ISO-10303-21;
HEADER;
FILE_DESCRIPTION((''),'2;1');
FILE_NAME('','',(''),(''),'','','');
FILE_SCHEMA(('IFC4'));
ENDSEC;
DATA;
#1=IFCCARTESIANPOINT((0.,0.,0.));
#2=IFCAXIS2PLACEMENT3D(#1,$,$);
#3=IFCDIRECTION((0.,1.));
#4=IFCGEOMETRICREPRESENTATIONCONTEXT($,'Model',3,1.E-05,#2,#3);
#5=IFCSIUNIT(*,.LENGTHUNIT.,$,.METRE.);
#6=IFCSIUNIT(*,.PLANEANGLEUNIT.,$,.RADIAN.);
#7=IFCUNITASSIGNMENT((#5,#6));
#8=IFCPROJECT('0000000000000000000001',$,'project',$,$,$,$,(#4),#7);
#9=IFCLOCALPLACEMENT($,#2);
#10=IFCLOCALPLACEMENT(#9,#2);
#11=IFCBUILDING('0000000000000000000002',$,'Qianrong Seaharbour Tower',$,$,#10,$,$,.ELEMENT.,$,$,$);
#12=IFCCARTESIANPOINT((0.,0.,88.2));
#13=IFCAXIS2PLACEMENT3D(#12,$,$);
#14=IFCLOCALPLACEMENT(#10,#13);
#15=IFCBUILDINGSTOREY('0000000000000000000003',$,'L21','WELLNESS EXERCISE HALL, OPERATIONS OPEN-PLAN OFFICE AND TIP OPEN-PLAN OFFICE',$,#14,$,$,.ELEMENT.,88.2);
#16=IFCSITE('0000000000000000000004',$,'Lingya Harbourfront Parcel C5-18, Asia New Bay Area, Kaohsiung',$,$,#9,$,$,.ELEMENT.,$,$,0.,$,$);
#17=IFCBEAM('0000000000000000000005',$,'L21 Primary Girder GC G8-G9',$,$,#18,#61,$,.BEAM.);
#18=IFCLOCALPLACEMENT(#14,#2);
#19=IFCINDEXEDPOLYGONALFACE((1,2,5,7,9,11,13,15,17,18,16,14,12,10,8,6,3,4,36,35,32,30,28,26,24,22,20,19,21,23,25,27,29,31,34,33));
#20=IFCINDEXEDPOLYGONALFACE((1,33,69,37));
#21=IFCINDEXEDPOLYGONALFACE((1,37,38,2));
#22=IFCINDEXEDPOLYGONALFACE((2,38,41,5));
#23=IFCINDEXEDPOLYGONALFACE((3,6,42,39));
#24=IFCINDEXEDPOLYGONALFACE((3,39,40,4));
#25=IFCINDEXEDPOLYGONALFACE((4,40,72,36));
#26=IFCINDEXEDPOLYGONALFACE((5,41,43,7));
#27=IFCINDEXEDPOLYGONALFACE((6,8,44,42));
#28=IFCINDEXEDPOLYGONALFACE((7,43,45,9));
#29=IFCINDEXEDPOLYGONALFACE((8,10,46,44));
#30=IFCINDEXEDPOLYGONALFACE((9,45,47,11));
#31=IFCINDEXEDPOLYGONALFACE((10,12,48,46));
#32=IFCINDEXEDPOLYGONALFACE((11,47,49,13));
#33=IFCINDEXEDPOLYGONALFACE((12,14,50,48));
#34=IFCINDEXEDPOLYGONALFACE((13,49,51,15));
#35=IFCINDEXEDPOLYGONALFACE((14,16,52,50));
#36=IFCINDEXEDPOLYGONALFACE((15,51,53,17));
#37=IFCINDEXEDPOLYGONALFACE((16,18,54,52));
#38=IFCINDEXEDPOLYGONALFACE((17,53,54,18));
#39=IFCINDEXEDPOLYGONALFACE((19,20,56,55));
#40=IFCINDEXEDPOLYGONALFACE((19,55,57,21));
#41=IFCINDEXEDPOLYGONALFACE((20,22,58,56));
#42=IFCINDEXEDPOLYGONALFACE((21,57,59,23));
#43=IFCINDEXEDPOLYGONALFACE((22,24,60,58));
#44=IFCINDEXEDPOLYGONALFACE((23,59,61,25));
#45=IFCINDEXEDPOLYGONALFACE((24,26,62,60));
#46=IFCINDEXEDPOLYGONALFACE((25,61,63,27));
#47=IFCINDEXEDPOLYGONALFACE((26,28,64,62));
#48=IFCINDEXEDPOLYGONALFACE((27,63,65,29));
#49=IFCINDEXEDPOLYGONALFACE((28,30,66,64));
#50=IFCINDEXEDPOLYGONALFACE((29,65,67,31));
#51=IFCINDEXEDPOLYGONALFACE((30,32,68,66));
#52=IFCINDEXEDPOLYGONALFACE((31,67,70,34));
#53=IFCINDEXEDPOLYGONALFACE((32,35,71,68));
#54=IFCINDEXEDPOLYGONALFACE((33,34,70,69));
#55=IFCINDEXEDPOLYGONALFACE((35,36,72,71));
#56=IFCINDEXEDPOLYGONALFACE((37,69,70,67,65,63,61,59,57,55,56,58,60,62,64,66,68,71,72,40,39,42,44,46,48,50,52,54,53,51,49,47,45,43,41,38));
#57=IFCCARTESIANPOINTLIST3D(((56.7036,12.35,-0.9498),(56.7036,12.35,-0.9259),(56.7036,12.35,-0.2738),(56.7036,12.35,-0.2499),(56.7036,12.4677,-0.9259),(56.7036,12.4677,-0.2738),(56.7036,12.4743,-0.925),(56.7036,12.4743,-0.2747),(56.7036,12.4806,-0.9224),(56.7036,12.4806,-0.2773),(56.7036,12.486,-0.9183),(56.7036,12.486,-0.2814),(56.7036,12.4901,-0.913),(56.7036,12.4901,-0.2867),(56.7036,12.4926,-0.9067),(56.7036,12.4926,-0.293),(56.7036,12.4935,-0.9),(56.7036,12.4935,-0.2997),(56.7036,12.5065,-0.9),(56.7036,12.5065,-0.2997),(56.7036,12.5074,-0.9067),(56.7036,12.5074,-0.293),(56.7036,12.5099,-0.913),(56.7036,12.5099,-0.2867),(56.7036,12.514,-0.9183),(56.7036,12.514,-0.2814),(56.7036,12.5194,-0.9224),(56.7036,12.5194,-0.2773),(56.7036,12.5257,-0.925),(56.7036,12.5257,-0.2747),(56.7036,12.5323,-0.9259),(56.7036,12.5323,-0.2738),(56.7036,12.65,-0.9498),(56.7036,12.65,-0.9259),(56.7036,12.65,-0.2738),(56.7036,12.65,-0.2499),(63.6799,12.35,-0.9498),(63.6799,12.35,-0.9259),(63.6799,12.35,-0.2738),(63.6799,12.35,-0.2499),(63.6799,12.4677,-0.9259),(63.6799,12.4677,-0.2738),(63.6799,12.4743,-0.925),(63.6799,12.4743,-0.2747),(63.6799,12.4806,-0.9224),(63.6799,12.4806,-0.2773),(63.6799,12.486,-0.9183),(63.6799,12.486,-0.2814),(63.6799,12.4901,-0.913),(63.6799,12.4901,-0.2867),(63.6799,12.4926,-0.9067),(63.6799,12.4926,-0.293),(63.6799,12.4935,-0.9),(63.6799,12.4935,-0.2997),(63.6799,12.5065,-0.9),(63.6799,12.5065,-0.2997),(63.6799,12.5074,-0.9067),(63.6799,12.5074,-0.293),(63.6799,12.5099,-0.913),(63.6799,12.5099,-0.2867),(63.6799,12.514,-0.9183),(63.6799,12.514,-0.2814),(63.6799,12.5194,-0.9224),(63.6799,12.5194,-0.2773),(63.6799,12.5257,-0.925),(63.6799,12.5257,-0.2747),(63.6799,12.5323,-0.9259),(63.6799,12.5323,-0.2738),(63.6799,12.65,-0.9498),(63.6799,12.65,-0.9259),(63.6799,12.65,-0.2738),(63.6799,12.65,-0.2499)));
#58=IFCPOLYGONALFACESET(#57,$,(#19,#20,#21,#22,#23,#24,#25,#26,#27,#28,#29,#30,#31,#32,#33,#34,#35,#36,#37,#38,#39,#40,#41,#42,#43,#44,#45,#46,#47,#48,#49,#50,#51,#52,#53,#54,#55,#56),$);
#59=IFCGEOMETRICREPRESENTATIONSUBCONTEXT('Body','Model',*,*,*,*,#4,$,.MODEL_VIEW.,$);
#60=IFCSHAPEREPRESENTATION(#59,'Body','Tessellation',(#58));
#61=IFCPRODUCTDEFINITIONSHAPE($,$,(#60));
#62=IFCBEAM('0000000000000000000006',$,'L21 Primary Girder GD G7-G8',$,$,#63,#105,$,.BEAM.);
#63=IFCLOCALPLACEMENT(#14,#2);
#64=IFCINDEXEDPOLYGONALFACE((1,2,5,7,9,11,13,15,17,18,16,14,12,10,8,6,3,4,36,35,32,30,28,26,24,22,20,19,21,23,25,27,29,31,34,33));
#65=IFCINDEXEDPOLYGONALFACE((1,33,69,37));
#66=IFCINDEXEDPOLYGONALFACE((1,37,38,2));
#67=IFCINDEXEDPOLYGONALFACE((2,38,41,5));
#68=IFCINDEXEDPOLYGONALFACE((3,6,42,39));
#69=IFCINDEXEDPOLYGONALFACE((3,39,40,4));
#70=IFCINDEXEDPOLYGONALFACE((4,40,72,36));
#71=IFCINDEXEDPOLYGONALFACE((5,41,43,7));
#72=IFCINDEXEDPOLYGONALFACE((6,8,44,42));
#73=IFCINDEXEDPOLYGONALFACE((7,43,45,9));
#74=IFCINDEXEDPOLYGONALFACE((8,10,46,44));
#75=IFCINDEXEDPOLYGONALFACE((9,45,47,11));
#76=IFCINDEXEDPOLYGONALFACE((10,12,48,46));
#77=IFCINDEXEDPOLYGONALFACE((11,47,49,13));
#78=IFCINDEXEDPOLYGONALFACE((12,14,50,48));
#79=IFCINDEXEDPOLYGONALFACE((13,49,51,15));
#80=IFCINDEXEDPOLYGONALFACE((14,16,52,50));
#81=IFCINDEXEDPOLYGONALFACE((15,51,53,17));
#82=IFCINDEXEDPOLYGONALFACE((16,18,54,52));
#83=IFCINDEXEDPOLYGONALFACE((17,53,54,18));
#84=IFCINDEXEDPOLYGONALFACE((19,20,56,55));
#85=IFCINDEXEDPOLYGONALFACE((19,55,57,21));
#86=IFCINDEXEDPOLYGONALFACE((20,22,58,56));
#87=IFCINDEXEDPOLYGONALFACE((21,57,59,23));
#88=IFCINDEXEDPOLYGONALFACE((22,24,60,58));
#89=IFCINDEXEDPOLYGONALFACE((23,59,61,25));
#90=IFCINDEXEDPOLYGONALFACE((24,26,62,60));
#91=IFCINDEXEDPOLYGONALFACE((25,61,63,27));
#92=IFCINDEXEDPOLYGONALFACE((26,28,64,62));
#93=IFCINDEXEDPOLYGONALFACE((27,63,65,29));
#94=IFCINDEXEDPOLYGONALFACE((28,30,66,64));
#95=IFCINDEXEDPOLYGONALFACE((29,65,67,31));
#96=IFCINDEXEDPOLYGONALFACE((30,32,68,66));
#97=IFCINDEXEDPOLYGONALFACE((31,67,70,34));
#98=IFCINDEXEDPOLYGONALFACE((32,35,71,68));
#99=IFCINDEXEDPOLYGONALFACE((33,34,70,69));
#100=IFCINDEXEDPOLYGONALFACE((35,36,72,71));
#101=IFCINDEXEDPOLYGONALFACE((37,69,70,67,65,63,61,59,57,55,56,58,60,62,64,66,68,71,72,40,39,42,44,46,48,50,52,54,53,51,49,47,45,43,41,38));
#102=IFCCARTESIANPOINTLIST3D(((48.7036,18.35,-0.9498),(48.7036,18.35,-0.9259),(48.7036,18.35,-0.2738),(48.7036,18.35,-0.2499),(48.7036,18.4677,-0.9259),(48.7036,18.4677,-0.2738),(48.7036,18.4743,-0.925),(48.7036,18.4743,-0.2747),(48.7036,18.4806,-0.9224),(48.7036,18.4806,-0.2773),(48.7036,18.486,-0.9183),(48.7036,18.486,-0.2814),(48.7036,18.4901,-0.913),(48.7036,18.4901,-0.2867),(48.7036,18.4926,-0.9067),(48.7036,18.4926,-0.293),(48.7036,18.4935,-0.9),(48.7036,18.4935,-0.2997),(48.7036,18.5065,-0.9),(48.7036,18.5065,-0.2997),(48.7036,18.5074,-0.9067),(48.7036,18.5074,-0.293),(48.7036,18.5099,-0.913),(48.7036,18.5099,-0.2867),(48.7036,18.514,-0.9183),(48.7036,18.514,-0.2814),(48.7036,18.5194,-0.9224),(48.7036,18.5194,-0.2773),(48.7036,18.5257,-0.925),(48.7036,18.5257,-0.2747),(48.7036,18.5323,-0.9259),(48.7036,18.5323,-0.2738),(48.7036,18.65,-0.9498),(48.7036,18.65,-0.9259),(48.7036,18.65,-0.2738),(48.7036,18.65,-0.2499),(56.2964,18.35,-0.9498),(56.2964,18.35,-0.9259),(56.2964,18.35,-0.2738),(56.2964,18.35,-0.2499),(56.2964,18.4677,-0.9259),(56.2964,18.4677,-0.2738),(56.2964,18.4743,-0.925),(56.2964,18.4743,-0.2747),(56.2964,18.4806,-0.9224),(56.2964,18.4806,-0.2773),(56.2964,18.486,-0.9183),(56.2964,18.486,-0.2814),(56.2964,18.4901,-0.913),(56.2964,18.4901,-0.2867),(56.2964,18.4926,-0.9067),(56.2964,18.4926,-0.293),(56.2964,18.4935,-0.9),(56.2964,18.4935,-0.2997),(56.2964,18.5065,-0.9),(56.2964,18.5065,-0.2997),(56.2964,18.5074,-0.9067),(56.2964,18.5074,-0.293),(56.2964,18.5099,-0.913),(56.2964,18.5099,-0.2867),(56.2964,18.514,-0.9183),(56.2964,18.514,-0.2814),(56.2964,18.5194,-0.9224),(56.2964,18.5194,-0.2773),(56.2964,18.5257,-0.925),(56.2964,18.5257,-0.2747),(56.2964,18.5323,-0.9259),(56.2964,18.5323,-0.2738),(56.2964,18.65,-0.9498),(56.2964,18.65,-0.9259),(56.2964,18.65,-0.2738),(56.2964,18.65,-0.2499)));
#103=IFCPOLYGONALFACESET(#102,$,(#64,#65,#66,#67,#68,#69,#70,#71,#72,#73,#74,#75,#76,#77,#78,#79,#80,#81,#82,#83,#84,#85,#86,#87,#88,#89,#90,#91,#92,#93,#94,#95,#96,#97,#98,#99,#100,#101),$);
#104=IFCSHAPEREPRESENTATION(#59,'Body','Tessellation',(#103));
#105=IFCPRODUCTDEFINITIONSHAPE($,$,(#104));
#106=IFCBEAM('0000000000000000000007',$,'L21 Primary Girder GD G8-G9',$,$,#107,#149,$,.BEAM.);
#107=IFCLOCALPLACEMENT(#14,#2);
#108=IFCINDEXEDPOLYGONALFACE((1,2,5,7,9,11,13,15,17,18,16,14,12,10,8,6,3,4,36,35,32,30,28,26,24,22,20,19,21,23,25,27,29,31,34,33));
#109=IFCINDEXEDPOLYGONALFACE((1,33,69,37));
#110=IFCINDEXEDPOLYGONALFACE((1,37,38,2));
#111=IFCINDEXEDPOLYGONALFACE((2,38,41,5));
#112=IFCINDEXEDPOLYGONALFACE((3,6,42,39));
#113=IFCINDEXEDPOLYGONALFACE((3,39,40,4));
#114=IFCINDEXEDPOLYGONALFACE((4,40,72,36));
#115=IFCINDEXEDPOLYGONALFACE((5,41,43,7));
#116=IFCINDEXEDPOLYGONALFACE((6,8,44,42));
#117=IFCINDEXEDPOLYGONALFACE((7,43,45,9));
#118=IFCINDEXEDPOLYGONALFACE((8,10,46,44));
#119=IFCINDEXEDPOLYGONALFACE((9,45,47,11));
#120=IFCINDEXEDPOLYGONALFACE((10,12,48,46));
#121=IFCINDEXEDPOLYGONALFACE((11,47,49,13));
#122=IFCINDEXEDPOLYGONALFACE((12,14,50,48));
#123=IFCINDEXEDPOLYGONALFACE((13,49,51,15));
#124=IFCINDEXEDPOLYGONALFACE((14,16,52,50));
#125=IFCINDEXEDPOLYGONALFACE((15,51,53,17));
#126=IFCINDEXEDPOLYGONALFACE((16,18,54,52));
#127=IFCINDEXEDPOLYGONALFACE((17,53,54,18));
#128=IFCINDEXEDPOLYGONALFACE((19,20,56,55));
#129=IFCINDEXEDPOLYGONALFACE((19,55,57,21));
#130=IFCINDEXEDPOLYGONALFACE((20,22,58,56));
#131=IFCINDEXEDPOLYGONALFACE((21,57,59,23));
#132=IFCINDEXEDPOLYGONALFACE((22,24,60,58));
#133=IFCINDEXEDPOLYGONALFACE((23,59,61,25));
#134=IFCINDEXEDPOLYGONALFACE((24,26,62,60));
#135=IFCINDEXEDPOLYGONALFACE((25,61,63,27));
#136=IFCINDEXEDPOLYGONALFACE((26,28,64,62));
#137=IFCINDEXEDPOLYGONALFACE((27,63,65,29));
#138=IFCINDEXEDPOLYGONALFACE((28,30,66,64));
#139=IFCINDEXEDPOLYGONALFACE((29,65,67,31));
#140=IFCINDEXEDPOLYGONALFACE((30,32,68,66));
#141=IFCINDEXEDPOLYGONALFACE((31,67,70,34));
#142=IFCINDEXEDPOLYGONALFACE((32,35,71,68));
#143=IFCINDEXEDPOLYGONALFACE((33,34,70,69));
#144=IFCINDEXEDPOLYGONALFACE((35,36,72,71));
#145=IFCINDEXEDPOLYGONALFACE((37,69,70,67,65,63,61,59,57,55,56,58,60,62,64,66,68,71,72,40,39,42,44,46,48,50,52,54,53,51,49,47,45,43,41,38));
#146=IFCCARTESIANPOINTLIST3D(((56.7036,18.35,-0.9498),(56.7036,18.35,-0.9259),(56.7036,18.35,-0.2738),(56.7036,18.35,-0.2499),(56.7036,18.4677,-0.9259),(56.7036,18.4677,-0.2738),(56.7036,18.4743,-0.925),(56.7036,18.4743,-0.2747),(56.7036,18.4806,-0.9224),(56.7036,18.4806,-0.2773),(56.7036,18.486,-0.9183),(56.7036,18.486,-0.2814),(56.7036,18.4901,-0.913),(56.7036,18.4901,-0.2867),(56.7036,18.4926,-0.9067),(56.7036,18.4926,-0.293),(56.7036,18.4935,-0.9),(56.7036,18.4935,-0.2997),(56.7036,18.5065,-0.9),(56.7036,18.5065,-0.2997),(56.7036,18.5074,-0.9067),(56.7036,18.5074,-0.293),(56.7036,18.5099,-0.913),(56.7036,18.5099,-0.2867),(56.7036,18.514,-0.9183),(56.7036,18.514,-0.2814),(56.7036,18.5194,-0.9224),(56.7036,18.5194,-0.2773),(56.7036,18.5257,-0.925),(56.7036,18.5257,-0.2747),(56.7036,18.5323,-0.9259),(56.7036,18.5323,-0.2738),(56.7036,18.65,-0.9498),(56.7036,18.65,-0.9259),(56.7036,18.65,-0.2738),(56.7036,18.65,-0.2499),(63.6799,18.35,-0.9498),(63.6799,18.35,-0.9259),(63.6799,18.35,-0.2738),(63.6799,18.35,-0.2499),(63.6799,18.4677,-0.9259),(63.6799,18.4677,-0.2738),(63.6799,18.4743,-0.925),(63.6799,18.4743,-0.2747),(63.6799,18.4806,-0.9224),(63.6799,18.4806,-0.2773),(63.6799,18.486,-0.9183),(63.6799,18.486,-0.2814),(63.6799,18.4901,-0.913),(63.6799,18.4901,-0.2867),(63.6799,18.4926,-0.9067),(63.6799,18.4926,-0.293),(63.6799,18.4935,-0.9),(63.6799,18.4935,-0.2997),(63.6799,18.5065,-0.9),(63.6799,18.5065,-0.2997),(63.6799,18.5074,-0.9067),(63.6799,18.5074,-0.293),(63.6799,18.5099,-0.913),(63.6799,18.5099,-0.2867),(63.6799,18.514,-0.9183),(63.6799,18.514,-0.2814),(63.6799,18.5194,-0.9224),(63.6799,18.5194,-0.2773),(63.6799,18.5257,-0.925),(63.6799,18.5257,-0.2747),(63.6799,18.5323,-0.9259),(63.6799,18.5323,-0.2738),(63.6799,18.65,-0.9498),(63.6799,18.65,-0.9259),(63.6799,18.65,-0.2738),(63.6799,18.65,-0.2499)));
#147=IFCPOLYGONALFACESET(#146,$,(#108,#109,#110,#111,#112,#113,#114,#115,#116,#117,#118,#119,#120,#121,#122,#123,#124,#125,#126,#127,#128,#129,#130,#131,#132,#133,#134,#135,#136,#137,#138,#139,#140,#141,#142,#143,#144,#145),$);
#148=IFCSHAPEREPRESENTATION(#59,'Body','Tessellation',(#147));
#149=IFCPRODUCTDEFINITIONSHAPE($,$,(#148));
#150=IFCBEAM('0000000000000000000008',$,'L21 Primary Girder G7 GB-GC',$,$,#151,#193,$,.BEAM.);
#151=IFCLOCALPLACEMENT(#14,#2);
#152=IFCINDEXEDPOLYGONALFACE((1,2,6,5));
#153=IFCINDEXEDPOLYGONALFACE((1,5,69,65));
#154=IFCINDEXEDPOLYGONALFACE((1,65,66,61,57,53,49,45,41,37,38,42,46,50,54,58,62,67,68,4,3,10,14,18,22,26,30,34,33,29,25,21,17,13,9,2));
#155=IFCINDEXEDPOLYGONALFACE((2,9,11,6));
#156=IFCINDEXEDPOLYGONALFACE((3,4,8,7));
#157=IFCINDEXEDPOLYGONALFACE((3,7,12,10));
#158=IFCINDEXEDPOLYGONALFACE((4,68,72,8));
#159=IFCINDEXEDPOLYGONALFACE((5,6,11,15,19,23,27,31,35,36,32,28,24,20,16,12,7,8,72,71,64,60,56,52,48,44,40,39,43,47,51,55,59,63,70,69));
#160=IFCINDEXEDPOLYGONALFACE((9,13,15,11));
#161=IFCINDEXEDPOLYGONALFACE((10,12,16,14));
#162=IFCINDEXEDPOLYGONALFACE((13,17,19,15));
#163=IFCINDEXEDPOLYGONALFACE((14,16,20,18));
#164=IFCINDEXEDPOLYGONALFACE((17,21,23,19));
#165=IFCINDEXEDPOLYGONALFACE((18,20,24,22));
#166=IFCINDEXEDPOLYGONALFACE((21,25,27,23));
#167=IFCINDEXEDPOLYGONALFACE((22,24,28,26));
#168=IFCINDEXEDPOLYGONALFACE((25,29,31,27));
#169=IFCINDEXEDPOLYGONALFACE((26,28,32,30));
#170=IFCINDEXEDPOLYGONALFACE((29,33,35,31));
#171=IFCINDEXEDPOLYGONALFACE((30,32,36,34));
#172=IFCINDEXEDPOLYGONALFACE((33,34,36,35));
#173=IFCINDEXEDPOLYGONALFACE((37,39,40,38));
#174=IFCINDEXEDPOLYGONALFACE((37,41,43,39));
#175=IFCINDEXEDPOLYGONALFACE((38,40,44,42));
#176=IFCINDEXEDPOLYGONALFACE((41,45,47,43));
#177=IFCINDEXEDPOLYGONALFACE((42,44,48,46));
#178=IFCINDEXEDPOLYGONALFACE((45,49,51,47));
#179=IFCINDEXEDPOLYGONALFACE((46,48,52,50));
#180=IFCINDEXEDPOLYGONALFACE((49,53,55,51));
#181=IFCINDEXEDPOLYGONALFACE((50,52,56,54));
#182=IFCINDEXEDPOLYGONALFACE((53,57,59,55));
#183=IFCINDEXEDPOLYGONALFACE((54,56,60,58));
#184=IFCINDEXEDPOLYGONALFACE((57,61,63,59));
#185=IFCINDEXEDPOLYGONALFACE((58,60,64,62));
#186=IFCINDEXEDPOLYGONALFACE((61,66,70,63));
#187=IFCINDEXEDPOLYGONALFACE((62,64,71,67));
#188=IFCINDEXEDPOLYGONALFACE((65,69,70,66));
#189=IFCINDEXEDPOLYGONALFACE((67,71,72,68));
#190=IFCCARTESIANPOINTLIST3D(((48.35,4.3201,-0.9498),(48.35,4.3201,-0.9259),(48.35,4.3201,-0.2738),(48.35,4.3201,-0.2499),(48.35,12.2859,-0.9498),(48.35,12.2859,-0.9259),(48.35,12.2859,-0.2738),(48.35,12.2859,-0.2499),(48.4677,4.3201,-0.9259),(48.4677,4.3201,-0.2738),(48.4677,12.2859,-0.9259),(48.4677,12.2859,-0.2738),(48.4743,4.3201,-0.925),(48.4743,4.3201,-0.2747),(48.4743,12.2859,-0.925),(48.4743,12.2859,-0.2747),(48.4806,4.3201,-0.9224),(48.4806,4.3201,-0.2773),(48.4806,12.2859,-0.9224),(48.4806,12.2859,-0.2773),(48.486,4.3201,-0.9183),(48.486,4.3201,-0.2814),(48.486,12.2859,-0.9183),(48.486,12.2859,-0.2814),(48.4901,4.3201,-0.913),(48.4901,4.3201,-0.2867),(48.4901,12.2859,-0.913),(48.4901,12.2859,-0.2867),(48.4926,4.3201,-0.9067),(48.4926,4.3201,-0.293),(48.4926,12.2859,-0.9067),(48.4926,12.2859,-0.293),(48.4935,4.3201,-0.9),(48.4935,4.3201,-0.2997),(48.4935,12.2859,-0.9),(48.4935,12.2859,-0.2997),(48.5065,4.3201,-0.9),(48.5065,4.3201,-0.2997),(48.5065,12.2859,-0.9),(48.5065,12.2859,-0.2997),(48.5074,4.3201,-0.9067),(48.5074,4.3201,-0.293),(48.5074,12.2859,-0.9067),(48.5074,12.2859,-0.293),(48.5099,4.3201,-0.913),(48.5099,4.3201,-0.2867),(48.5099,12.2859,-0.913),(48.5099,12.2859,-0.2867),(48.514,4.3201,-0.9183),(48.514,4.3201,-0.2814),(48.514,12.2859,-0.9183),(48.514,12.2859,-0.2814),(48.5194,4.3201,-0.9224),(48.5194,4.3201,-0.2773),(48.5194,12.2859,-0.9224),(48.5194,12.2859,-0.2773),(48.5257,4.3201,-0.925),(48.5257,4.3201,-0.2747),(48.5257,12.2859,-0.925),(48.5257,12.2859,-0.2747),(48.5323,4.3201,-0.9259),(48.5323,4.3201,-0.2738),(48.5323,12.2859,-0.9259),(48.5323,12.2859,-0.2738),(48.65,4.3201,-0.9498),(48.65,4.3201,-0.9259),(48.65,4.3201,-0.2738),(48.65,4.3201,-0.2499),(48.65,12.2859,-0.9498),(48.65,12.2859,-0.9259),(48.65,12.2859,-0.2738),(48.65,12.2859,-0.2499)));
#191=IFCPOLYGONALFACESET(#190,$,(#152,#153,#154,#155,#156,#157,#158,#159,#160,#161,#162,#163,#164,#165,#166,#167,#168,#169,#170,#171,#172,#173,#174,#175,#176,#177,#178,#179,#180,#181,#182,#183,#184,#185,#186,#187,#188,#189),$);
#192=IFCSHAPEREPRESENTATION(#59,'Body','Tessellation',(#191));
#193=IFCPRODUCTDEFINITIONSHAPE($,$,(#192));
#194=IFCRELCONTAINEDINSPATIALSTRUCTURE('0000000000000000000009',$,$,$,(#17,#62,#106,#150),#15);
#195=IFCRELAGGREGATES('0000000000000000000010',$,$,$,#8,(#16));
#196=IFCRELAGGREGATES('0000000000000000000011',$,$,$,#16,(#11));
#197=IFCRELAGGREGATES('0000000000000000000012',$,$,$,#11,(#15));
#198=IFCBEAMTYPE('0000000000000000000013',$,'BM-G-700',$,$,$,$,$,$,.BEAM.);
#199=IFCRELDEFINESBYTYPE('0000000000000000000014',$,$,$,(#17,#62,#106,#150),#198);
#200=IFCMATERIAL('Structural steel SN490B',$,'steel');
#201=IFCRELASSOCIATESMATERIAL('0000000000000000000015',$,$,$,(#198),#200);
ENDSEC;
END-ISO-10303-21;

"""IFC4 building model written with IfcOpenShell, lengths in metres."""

from ifc_helpers import new_model, si_unit, direction, frame, origin, origin_2d, place, context, subcontext, project, spatial, i_section, extrude, material, material_profile, profile_set, type_object, element, save


model = new_model("IFC4")

# Units and contexts
model_context = context("Model", 3, precision=1e-05, world=origin(), true_north=direction((0.0, 1.0)))
body_context = subcontext(model_context, "Body", "Model", "MODEL_VIEW")
ifc_project = project(units=[si_unit("LENGTHUNIT", "METRE"), si_unit("PLANEANGLEUNIT", "RADIAN")], contexts=[model_context])

# Site, building, storey
site_placement = place(None, origin())
site = spatial("IfcSite", under=ifc_project, at=site_placement, Name="Lingya Harbourfront Parcel C5-18, Asia New Bay Area, Kaohsiung", CompositionType="ELEMENT", RefElevation=0.0)
building_placement = place(site_placement, origin())
building = spatial("IfcBuilding", under=site, at=building_placement, Name="Qianrong Seaharbour Tower", CompositionType="ELEMENT")
storey_placement = place(building_placement, frame((0.0, 0.0, 88.2)))
storey = spatial("IfcBuildingStorey", under=building, at=storey_placement, Name="L21", Description="WELLNESS EXERCISE HALL, OPERATIONS OPEN-PLAN OFFICE AND TIP OPEN-PLAN OFFICE", CompositionType="ELEMENT", Elevation=88.2)

# Shared definitions
ifc_material_1 = material(Name="Structural steel SN490B", Category="steel")

# Beams
ifc_material_profile_1 = material_profile(ifc_material_1, i_section(OverallWidth=0.3, OverallDepth=0.7, WebThickness=0.0129, FlangeThickness=0.0239, FilletRadius=0.0259, at=origin_2d()), Name="H700x300x13x24")
ifc_profile_set_1 = profile_set([ifc_material_profile_1], Name="Structural steel SN490B")
beam_type_1 = type_object("IfcBeamType", Name="BM-G-700", PredefinedType="BEAM", material=ifc_profile_set_1)
beam_1_placement = place(storey_placement, frame((56.7036, 12.5, -0.5999), z_axis=(1.0, 0.0, 0.0), x_axis=(0.0, 1.0, 0.0)))
element("IfcBeam", 1, at=beam_1_placement, inside=storey, type_object=beam_type_1, Name="L21 Primary Girder GC G8-G9", PredefinedType="BEAM", context=body_context, shape_type="SweptSolid", body=[
    extrude(i_section(OverallWidth=0.3, OverallDepth=0.7, WebThickness=0.0129, FlangeThickness=0.0239, FilletRadius=0.0259, at=origin_2d()), origin(), (0.0, 0.0, 1.0), 6.9763),
])
beam_2_placement = place(storey_placement, frame((48.7036, 18.5, -0.5999), z_axis=(1.0, 0.0, 0.0), x_axis=(0.0, 1.0, 0.0)))
element("IfcBeam", 2, at=beam_2_placement, inside=storey, type_object=beam_type_1, Name="L21 Primary Girder GD G7-G8", PredefinedType="BEAM", context=body_context, shape_type="SweptSolid", body=[
    extrude(i_section(OverallWidth=0.3, OverallDepth=0.7, WebThickness=0.0129, FlangeThickness=0.0239, FilletRadius=0.0259, at=origin_2d()), origin(), (0.0, 0.0, 1.0), 7.5928),
])
beam_3_placement = place(storey_placement, frame((56.7036, 18.5, -0.5999), z_axis=(1.0, 0.0, 0.0), x_axis=(0.0, 1.0, 0.0)))
element("IfcBeam", 3, at=beam_3_placement, inside=storey, type_object=beam_type_1, Name="L21 Primary Girder GD G8-G9", PredefinedType="BEAM", context=body_context, shape_type="SweptSolid", body=[
    extrude(i_section(OverallWidth=0.3, OverallDepth=0.7, WebThickness=0.0129, FlangeThickness=0.0239, FilletRadius=0.0259, at=origin_2d()), origin(), (0.0, 0.0, 1.0), 6.9763),
])
beam_4_placement = place(storey_placement, frame((48.5, 4.3201, -0.5999), z_axis=(0.0, 1.0, 0.0), x_axis=(-1.0, 0.0, 0.0)))
element("IfcBeam", 4, at=beam_4_placement, inside=storey, type_object=beam_type_1, Name="L21 Primary Girder G7 GB-GC", PredefinedType="BEAM", context=body_context, shape_type="SweptSolid", body=[
    extrude(i_section(OverallWidth=0.3, OverallDepth=0.7, WebThickness=0.0129, FlangeThickness=0.0239, FilletRadius=0.0259, at=origin_2d()), origin(), (0.0, 0.0, 1.0), 7.9658),
])

save(model, "model.ifc")
